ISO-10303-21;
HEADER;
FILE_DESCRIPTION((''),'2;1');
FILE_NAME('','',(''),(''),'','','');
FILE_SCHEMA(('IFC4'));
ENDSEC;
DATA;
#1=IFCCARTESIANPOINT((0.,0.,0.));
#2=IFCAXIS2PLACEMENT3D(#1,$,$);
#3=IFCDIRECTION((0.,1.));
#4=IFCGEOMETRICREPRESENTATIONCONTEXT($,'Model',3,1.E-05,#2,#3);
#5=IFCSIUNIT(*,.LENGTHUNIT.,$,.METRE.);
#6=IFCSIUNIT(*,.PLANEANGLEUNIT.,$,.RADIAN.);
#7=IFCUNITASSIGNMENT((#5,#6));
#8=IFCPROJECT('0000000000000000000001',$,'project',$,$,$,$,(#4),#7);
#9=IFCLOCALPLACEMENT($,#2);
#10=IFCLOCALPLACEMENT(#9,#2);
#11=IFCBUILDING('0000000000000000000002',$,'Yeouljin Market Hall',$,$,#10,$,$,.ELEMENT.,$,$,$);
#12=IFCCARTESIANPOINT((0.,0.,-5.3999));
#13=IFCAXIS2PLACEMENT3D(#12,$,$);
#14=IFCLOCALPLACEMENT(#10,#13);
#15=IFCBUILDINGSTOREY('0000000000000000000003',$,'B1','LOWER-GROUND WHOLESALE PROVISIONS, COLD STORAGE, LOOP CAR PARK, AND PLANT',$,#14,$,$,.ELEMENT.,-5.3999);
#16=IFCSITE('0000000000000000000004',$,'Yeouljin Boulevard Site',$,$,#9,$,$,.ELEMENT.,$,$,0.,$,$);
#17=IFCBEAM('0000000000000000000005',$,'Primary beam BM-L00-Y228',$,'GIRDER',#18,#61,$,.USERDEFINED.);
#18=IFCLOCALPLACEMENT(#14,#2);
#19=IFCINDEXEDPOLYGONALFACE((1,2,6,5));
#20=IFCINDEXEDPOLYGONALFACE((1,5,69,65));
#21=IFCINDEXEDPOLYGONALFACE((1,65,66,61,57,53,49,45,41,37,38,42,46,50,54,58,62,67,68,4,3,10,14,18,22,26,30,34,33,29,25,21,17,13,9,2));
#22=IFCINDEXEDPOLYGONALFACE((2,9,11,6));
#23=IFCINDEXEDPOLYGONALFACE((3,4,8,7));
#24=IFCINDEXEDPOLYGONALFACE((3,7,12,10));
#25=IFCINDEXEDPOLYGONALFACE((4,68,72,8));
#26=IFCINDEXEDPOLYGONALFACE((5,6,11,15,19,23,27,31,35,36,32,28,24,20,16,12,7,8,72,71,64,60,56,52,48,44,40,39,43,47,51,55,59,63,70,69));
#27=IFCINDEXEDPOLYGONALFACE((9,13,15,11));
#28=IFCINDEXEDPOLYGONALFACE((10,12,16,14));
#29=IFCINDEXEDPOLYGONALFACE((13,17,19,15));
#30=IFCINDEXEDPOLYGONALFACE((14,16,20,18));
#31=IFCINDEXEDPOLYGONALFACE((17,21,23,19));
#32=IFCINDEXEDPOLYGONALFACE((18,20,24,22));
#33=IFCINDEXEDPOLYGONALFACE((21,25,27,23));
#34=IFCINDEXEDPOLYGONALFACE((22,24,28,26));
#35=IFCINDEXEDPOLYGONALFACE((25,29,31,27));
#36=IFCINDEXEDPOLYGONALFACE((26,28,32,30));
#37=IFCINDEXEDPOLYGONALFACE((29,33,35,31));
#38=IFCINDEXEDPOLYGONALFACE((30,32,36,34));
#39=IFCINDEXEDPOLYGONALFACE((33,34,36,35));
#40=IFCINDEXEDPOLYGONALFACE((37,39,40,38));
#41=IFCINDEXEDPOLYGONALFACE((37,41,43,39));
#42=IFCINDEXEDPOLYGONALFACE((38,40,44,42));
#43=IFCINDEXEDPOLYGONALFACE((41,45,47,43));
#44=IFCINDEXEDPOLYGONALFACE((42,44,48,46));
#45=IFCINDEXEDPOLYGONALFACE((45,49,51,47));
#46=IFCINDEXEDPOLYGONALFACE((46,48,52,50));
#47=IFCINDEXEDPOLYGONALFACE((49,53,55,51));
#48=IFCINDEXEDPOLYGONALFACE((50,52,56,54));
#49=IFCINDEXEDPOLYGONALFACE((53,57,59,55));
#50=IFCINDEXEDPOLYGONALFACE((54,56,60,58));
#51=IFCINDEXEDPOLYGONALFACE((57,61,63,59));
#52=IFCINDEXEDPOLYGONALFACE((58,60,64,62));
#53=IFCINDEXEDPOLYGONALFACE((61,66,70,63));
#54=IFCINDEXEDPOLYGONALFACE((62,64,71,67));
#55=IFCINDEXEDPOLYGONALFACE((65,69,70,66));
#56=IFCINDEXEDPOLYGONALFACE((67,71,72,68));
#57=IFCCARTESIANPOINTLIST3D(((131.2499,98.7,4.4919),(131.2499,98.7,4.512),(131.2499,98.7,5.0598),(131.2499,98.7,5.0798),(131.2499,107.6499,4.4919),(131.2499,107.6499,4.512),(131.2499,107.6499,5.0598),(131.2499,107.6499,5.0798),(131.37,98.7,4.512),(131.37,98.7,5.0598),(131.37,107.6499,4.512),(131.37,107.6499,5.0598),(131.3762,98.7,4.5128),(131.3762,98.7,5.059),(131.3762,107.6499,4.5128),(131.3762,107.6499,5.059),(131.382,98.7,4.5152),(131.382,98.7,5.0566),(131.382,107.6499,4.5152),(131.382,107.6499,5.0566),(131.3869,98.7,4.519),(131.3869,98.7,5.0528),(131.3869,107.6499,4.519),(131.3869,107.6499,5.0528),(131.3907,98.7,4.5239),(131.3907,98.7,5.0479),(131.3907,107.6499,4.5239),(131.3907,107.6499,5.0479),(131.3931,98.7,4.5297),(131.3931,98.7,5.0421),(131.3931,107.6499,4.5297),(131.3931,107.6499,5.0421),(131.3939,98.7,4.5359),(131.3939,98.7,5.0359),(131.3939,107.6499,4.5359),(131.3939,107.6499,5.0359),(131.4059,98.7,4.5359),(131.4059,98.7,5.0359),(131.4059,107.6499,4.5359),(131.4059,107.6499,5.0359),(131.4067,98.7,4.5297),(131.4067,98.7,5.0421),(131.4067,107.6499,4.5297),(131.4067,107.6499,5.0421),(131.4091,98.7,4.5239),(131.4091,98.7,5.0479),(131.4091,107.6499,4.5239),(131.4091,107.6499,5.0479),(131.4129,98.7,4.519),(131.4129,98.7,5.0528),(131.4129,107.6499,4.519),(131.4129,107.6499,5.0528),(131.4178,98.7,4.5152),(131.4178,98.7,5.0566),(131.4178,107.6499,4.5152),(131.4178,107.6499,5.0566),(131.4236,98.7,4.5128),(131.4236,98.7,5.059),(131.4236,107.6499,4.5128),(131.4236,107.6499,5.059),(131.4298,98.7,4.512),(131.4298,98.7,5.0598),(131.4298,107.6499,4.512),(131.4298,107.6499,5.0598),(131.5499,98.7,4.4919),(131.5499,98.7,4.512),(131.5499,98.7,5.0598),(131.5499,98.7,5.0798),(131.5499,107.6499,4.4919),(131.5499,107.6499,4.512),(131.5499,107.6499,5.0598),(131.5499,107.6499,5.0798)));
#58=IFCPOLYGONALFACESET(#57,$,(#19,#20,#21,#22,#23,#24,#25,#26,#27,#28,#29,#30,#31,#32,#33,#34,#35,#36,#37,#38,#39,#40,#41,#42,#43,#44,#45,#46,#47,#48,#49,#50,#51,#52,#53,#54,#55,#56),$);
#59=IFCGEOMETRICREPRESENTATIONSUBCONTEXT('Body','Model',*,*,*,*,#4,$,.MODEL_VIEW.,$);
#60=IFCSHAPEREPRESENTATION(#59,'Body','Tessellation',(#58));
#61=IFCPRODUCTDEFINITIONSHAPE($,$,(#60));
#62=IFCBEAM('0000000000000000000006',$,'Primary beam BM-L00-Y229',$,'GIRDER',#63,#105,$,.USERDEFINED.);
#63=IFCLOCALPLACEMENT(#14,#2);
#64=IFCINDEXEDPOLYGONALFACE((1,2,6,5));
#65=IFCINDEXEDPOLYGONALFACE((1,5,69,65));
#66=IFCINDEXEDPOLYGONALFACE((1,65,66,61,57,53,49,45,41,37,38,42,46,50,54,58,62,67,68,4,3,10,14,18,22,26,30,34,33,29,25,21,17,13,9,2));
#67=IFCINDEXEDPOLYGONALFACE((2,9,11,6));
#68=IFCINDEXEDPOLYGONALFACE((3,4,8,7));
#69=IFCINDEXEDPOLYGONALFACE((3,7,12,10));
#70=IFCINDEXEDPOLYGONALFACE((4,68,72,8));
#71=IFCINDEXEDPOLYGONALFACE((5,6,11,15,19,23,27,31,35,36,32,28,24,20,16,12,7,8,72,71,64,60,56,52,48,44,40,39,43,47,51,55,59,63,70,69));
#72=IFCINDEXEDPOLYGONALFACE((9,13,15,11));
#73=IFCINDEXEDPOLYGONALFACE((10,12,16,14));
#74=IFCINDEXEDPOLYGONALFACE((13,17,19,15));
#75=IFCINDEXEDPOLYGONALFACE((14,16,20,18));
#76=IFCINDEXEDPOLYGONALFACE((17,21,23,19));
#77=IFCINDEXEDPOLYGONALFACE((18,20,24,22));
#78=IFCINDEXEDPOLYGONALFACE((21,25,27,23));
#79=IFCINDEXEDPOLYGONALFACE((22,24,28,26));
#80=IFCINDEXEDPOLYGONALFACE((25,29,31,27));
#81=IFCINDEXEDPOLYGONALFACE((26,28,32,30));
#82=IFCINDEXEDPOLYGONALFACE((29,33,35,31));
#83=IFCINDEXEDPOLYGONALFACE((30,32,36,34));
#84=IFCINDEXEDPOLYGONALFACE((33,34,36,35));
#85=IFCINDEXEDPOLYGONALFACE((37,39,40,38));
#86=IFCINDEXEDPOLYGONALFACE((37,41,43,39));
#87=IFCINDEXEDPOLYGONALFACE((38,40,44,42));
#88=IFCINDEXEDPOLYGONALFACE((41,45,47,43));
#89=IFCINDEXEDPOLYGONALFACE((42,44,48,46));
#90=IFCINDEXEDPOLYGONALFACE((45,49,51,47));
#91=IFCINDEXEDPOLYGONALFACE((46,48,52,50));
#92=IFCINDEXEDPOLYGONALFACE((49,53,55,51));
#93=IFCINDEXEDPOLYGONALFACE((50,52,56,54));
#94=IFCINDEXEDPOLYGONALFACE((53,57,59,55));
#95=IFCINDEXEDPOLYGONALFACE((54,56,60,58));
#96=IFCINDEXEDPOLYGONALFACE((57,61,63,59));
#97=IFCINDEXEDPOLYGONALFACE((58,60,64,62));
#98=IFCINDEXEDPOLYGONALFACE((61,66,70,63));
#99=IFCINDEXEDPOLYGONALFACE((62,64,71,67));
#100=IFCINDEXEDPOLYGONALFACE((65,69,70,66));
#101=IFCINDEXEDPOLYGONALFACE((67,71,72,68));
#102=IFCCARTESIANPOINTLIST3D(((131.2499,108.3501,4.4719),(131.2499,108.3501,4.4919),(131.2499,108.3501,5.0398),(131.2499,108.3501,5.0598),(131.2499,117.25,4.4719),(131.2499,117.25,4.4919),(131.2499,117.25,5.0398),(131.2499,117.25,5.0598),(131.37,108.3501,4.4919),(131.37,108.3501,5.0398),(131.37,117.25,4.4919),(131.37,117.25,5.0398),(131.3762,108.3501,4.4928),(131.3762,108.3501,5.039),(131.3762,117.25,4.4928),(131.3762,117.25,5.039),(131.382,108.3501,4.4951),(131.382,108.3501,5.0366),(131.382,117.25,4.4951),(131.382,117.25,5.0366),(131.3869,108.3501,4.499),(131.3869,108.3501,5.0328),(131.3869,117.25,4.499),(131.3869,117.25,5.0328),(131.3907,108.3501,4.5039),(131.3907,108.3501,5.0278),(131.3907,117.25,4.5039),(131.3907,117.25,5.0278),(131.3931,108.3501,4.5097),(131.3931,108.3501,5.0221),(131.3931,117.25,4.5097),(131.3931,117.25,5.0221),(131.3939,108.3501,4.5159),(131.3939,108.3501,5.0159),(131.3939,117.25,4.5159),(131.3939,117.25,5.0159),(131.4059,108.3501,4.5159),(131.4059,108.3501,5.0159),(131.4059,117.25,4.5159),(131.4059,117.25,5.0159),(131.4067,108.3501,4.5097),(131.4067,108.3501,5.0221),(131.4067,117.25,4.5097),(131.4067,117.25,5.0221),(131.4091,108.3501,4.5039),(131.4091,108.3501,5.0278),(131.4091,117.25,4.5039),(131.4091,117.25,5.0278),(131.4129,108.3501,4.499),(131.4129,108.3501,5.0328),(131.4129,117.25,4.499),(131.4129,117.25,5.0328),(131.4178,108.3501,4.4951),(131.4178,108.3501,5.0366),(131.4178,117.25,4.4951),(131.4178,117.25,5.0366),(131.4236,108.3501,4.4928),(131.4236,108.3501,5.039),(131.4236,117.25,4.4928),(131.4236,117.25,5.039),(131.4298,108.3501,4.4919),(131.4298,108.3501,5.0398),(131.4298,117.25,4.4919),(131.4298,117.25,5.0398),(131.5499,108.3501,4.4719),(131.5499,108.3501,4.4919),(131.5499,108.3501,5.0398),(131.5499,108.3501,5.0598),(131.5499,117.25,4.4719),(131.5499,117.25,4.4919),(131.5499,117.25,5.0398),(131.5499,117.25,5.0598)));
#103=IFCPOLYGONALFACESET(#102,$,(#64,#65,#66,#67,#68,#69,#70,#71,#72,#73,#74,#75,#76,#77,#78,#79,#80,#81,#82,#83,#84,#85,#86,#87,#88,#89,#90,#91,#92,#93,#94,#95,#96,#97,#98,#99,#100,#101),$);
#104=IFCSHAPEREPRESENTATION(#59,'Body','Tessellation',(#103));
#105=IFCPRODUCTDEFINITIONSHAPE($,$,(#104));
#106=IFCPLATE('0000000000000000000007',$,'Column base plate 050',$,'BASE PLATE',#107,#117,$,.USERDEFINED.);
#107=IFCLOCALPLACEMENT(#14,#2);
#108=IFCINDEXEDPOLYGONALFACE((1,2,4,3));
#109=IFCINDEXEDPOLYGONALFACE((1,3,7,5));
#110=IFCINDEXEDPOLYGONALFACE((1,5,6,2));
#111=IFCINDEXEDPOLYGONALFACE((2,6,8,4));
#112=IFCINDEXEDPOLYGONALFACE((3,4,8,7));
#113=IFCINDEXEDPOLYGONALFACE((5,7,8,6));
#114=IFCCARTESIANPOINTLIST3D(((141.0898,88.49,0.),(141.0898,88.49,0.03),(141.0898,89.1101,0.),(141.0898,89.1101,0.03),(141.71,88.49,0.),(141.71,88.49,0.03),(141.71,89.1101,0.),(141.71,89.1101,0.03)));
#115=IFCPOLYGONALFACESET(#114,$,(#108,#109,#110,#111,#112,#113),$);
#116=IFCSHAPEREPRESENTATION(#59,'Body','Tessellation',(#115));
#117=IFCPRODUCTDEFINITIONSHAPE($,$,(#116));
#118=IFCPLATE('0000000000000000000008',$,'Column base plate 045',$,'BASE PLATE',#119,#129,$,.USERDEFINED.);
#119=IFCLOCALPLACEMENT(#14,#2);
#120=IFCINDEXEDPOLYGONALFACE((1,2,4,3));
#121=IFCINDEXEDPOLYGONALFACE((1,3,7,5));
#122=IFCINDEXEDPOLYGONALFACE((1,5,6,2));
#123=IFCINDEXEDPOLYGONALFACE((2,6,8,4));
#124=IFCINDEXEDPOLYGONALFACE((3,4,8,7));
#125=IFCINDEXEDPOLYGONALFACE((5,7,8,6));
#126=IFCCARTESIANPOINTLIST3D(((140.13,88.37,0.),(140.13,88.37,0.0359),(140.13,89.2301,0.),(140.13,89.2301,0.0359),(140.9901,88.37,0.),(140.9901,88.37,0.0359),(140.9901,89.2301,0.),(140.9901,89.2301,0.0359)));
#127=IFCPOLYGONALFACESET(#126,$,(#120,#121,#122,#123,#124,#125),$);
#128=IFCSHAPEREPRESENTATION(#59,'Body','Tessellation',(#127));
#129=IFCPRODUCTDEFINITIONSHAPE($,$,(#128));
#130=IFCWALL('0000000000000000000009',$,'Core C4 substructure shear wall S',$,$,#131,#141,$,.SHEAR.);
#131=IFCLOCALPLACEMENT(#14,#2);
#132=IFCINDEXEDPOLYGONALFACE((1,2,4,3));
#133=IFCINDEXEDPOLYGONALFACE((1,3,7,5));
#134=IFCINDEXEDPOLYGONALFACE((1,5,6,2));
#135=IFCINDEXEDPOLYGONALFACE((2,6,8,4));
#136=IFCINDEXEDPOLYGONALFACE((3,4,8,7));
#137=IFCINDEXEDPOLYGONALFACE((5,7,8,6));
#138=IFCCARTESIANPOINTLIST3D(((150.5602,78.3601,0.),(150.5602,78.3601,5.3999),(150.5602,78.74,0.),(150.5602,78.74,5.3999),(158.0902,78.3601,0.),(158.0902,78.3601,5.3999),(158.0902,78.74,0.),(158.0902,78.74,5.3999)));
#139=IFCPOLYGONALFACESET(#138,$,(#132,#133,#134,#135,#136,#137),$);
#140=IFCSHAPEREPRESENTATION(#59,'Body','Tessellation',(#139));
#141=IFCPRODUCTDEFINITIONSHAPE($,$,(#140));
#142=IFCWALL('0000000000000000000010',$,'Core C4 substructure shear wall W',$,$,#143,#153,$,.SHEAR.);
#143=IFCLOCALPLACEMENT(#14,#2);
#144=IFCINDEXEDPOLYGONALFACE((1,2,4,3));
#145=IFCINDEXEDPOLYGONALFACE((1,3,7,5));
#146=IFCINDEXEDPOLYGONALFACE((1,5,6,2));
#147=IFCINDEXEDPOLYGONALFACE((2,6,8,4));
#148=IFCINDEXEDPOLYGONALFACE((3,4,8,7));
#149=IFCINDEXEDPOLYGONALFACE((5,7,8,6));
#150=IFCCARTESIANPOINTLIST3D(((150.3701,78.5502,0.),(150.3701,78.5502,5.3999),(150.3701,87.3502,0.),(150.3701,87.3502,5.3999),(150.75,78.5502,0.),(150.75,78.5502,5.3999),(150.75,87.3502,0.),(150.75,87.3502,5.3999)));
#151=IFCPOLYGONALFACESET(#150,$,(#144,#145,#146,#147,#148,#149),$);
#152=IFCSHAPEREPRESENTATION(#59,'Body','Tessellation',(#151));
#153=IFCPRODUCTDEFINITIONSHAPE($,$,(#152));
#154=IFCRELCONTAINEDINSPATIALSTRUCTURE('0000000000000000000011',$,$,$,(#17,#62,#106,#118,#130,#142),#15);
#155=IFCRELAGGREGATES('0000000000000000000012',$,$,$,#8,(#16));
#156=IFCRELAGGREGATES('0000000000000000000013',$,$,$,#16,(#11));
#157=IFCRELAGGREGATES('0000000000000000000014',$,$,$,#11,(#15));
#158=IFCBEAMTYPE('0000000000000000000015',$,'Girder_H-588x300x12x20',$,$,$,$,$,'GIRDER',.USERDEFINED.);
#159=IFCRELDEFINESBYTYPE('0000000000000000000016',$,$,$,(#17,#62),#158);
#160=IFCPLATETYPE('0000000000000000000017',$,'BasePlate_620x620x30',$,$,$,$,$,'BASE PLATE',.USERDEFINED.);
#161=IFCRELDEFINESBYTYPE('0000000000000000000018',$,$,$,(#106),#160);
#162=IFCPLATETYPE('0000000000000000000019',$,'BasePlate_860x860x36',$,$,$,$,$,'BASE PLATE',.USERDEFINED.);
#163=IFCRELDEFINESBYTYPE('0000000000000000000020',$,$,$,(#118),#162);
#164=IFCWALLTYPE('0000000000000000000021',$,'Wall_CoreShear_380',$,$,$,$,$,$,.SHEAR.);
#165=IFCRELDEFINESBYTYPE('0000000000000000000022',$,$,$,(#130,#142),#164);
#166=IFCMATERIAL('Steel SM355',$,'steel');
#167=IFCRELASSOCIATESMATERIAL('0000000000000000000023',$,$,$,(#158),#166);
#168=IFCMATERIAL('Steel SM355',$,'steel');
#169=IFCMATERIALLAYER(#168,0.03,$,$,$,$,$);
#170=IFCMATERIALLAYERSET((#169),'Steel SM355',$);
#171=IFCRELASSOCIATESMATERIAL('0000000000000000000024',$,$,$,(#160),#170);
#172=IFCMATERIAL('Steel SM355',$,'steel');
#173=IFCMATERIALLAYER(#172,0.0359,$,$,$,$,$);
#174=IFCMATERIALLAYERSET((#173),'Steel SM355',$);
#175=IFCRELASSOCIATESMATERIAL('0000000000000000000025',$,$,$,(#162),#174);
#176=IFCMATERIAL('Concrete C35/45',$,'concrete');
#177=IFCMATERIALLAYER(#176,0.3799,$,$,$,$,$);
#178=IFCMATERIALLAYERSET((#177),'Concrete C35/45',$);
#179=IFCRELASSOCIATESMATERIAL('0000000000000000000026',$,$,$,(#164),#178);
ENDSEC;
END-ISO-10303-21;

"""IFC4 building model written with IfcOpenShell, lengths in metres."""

from ifc_helpers import new_model, si_unit, direction, frame, frame_2d, origin, origin_2d, place, context, subcontext, project, spatial, rectangle, i_section, extrude, material, layer, layer_set, material_profile, profile_set, type_object, element, save


model = new_model("IFC4")

# Units and contexts
model_context = context("Model", 3, precision=1e-05, world=origin(), true_north=direction((0.0, 1.0)))
body_context = subcontext(model_context, "Body", "Model", "MODEL_VIEW")
ifc_project = project(units=[si_unit("LENGTHUNIT", "METRE"), si_unit("PLANEANGLEUNIT", "RADIAN")], contexts=[model_context])

# Site, building, storey
site_placement = place(None, origin())
site = spatial("IfcSite", under=ifc_project, at=site_placement, Name="Yeouljin Boulevard Site", CompositionType="ELEMENT", RefElevation=0.0)
building_placement = place(site_placement, origin())
building = spatial("IfcBuilding", under=site, at=building_placement, Name="Yeouljin Market Hall", CompositionType="ELEMENT")
storey_placement = place(building_placement, frame((0.0, 0.0, -5.3999)))
storey = spatial("IfcBuildingStorey", under=building, at=storey_placement, Name="B1", Description="LOWER-GROUND WHOLESALE PROVISIONS, COLD STORAGE, LOOP CAR PARK, AND PLANT", CompositionType="ELEMENT", Elevation=-5.3999)

# Beams
ifc_material_1 = material(Name="Steel SM355", Category="steel")
ifc_material_profile_1 = material_profile(ifc_material_1, i_section(OverallWidth=0.3, OverallDepth=0.5879, WebThickness=0.012, FlangeThickness=0.02, FilletRadius=0.0239, at=origin_2d()), Name="H-588x300x12x20")
ifc_profile_set_1 = profile_set([ifc_material_profile_1], Name="Steel SM355")
beam_type_1 = type_object("IfcBeamType", Name="Girder_H-588x300x12x20", ElementType="GIRDER", PredefinedType="USERDEFINED", material=ifc_profile_set_1)
beam_1_placement = place(storey_placement, frame((131.3999, 98.7, 4.7859), z_axis=(0.0, 1.0, 0.0), x_axis=(-1.0, 0.0, 0.0)))
element("IfcBeam", 1, at=beam_1_placement, inside=storey, type_object=beam_type_1, Name="Primary beam BM-L00-Y228", ObjectType="GIRDER", PredefinedType="USERDEFINED", context=body_context, shape_type="SweptSolid", body=[
    extrude(i_section(OverallWidth=0.3, OverallDepth=0.5879, WebThickness=0.012, FlangeThickness=0.02, FilletRadius=0.0239, at=origin_2d()), origin(), (0.0, 0.0, 1.0), 8.95),
])
beam_2_placement = place(storey_placement, frame((131.3999, 108.3501, 4.7659), z_axis=(0.0, 1.0, 0.0), x_axis=(-1.0, 0.0, 0.0)))
element("IfcBeam", 2, at=beam_2_placement, inside=storey, type_object=beam_type_1, Name="Primary beam BM-L00-Y229", ObjectType="GIRDER", PredefinedType="USERDEFINED", context=body_context, shape_type="SweptSolid", body=[
    extrude(i_section(OverallWidth=0.3, OverallDepth=0.5879, WebThickness=0.012, FlangeThickness=0.02, FilletRadius=0.0239, at=origin_2d()), origin(), (0.0, 0.0, 1.0), 8.8999),
])

# Plates
ifc_material_2 = material(Name="Steel SM355", Category="steel")
ifc_layer_1 = layer(ifc_material_2, 0.03)
ifc_layer_set_1 = layer_set([ifc_layer_1], Name="Steel SM355")
plate_type_1 = type_object("IfcPlateType", Name="BasePlate_620x620x30", ElementType="BASE PLATE", PredefinedType="USERDEFINED", material=ifc_layer_set_1)
plate_1_placement = place(storey_placement, frame((141.3999, 88.8, 0.0), z_axis=(0.0, 0.0, 1.0), x_axis=(1.0, 0.0, 0.0)))
element("IfcPlate", 3, at=plate_1_placement, inside=storey, type_object=plate_type_1, Name="Column base plate 050", ObjectType="BASE PLATE", PredefinedType="USERDEFINED", context=body_context, shape_type="SweptSolid", body=[
    extrude(rectangle(XDim=0.6201, YDim=0.6201, at=origin_2d()), origin(), (0.0, 0.0, 1.0), 0.03),
])
ifc_material_3 = material(Name="Steel SM355", Category="steel")
ifc_layer_2 = layer(ifc_material_3, 0.0359)
ifc_layer_set_2 = layer_set([ifc_layer_2], Name="Steel SM355")
plate_type_2 = type_object("IfcPlateType", Name="BasePlate_860x860x36", ElementType="BASE PLATE", PredefinedType="USERDEFINED", material=ifc_layer_set_2)
plate_2_placement = place(storey_placement, frame((140.5601, 88.8, 0.0), z_axis=(0.0, 0.0, 1.0), x_axis=(1.0, 0.0, 0.0)))
element("IfcPlate", 4, at=plate_2_placement, inside=storey, type_object=plate_type_2, Name="Column base plate 045", ObjectType="BASE PLATE", PredefinedType="USERDEFINED", context=body_context, shape_type="SweptSolid", body=[
    extrude(rectangle(XDim=0.8601, YDim=0.8601, at=origin_2d()), origin(), (0.0, 0.0, 1.0), 0.0359),
])

# Walls
ifc_material_4 = material(Name="Concrete C35/45", Category="concrete")
ifc_layer_3 = layer(ifc_material_4, 0.3799)
ifc_layer_set_3 = layer_set([ifc_layer_3], Name="Concrete C35/45")
wall_type = type_object("IfcWallType", Name="Wall_CoreShear_380", PredefinedType="SHEAR", material=ifc_layer_set_3)
wall_1_placement = place(storey_placement, frame((150.5601, 78.55, 0.0), z_axis=(0.0, 0.0, 1.0), x_axis=(1.0, 0.0, 0.0)))
element("IfcWall", 5, at=wall_1_placement, inside=storey, type_object=wall_type, Name="Core C4 substructure shear wall S", PredefinedType="SHEAR", context=body_context, shape_type="SweptSolid", body=[
    extrude(rectangle(XDim=7.53, YDim=0.3799, at=frame_2d((3.7651, 0.0))), origin(), (0.0, 0.0, 1.0), 5.3999),
])
wall_2_placement = place(storey_placement, frame((150.5601, 87.3501, 0.0), z_axis=(0.0, 0.0, 1.0), x_axis=(0.0, -1.0, 0.0)))
element("IfcWall", 6, at=wall_2_placement, inside=storey, type_object=wall_type, Name="Core C4 substructure shear wall W", PredefinedType="SHEAR", context=body_context, shape_type="SweptSolid", body=[
    extrude(rectangle(XDim=8.8, YDim=0.3799, at=frame_2d((4.3999, 0.0))), origin(), (0.0, 0.0, 1.0), 5.3999),
])

save(model, "model.ifc")
